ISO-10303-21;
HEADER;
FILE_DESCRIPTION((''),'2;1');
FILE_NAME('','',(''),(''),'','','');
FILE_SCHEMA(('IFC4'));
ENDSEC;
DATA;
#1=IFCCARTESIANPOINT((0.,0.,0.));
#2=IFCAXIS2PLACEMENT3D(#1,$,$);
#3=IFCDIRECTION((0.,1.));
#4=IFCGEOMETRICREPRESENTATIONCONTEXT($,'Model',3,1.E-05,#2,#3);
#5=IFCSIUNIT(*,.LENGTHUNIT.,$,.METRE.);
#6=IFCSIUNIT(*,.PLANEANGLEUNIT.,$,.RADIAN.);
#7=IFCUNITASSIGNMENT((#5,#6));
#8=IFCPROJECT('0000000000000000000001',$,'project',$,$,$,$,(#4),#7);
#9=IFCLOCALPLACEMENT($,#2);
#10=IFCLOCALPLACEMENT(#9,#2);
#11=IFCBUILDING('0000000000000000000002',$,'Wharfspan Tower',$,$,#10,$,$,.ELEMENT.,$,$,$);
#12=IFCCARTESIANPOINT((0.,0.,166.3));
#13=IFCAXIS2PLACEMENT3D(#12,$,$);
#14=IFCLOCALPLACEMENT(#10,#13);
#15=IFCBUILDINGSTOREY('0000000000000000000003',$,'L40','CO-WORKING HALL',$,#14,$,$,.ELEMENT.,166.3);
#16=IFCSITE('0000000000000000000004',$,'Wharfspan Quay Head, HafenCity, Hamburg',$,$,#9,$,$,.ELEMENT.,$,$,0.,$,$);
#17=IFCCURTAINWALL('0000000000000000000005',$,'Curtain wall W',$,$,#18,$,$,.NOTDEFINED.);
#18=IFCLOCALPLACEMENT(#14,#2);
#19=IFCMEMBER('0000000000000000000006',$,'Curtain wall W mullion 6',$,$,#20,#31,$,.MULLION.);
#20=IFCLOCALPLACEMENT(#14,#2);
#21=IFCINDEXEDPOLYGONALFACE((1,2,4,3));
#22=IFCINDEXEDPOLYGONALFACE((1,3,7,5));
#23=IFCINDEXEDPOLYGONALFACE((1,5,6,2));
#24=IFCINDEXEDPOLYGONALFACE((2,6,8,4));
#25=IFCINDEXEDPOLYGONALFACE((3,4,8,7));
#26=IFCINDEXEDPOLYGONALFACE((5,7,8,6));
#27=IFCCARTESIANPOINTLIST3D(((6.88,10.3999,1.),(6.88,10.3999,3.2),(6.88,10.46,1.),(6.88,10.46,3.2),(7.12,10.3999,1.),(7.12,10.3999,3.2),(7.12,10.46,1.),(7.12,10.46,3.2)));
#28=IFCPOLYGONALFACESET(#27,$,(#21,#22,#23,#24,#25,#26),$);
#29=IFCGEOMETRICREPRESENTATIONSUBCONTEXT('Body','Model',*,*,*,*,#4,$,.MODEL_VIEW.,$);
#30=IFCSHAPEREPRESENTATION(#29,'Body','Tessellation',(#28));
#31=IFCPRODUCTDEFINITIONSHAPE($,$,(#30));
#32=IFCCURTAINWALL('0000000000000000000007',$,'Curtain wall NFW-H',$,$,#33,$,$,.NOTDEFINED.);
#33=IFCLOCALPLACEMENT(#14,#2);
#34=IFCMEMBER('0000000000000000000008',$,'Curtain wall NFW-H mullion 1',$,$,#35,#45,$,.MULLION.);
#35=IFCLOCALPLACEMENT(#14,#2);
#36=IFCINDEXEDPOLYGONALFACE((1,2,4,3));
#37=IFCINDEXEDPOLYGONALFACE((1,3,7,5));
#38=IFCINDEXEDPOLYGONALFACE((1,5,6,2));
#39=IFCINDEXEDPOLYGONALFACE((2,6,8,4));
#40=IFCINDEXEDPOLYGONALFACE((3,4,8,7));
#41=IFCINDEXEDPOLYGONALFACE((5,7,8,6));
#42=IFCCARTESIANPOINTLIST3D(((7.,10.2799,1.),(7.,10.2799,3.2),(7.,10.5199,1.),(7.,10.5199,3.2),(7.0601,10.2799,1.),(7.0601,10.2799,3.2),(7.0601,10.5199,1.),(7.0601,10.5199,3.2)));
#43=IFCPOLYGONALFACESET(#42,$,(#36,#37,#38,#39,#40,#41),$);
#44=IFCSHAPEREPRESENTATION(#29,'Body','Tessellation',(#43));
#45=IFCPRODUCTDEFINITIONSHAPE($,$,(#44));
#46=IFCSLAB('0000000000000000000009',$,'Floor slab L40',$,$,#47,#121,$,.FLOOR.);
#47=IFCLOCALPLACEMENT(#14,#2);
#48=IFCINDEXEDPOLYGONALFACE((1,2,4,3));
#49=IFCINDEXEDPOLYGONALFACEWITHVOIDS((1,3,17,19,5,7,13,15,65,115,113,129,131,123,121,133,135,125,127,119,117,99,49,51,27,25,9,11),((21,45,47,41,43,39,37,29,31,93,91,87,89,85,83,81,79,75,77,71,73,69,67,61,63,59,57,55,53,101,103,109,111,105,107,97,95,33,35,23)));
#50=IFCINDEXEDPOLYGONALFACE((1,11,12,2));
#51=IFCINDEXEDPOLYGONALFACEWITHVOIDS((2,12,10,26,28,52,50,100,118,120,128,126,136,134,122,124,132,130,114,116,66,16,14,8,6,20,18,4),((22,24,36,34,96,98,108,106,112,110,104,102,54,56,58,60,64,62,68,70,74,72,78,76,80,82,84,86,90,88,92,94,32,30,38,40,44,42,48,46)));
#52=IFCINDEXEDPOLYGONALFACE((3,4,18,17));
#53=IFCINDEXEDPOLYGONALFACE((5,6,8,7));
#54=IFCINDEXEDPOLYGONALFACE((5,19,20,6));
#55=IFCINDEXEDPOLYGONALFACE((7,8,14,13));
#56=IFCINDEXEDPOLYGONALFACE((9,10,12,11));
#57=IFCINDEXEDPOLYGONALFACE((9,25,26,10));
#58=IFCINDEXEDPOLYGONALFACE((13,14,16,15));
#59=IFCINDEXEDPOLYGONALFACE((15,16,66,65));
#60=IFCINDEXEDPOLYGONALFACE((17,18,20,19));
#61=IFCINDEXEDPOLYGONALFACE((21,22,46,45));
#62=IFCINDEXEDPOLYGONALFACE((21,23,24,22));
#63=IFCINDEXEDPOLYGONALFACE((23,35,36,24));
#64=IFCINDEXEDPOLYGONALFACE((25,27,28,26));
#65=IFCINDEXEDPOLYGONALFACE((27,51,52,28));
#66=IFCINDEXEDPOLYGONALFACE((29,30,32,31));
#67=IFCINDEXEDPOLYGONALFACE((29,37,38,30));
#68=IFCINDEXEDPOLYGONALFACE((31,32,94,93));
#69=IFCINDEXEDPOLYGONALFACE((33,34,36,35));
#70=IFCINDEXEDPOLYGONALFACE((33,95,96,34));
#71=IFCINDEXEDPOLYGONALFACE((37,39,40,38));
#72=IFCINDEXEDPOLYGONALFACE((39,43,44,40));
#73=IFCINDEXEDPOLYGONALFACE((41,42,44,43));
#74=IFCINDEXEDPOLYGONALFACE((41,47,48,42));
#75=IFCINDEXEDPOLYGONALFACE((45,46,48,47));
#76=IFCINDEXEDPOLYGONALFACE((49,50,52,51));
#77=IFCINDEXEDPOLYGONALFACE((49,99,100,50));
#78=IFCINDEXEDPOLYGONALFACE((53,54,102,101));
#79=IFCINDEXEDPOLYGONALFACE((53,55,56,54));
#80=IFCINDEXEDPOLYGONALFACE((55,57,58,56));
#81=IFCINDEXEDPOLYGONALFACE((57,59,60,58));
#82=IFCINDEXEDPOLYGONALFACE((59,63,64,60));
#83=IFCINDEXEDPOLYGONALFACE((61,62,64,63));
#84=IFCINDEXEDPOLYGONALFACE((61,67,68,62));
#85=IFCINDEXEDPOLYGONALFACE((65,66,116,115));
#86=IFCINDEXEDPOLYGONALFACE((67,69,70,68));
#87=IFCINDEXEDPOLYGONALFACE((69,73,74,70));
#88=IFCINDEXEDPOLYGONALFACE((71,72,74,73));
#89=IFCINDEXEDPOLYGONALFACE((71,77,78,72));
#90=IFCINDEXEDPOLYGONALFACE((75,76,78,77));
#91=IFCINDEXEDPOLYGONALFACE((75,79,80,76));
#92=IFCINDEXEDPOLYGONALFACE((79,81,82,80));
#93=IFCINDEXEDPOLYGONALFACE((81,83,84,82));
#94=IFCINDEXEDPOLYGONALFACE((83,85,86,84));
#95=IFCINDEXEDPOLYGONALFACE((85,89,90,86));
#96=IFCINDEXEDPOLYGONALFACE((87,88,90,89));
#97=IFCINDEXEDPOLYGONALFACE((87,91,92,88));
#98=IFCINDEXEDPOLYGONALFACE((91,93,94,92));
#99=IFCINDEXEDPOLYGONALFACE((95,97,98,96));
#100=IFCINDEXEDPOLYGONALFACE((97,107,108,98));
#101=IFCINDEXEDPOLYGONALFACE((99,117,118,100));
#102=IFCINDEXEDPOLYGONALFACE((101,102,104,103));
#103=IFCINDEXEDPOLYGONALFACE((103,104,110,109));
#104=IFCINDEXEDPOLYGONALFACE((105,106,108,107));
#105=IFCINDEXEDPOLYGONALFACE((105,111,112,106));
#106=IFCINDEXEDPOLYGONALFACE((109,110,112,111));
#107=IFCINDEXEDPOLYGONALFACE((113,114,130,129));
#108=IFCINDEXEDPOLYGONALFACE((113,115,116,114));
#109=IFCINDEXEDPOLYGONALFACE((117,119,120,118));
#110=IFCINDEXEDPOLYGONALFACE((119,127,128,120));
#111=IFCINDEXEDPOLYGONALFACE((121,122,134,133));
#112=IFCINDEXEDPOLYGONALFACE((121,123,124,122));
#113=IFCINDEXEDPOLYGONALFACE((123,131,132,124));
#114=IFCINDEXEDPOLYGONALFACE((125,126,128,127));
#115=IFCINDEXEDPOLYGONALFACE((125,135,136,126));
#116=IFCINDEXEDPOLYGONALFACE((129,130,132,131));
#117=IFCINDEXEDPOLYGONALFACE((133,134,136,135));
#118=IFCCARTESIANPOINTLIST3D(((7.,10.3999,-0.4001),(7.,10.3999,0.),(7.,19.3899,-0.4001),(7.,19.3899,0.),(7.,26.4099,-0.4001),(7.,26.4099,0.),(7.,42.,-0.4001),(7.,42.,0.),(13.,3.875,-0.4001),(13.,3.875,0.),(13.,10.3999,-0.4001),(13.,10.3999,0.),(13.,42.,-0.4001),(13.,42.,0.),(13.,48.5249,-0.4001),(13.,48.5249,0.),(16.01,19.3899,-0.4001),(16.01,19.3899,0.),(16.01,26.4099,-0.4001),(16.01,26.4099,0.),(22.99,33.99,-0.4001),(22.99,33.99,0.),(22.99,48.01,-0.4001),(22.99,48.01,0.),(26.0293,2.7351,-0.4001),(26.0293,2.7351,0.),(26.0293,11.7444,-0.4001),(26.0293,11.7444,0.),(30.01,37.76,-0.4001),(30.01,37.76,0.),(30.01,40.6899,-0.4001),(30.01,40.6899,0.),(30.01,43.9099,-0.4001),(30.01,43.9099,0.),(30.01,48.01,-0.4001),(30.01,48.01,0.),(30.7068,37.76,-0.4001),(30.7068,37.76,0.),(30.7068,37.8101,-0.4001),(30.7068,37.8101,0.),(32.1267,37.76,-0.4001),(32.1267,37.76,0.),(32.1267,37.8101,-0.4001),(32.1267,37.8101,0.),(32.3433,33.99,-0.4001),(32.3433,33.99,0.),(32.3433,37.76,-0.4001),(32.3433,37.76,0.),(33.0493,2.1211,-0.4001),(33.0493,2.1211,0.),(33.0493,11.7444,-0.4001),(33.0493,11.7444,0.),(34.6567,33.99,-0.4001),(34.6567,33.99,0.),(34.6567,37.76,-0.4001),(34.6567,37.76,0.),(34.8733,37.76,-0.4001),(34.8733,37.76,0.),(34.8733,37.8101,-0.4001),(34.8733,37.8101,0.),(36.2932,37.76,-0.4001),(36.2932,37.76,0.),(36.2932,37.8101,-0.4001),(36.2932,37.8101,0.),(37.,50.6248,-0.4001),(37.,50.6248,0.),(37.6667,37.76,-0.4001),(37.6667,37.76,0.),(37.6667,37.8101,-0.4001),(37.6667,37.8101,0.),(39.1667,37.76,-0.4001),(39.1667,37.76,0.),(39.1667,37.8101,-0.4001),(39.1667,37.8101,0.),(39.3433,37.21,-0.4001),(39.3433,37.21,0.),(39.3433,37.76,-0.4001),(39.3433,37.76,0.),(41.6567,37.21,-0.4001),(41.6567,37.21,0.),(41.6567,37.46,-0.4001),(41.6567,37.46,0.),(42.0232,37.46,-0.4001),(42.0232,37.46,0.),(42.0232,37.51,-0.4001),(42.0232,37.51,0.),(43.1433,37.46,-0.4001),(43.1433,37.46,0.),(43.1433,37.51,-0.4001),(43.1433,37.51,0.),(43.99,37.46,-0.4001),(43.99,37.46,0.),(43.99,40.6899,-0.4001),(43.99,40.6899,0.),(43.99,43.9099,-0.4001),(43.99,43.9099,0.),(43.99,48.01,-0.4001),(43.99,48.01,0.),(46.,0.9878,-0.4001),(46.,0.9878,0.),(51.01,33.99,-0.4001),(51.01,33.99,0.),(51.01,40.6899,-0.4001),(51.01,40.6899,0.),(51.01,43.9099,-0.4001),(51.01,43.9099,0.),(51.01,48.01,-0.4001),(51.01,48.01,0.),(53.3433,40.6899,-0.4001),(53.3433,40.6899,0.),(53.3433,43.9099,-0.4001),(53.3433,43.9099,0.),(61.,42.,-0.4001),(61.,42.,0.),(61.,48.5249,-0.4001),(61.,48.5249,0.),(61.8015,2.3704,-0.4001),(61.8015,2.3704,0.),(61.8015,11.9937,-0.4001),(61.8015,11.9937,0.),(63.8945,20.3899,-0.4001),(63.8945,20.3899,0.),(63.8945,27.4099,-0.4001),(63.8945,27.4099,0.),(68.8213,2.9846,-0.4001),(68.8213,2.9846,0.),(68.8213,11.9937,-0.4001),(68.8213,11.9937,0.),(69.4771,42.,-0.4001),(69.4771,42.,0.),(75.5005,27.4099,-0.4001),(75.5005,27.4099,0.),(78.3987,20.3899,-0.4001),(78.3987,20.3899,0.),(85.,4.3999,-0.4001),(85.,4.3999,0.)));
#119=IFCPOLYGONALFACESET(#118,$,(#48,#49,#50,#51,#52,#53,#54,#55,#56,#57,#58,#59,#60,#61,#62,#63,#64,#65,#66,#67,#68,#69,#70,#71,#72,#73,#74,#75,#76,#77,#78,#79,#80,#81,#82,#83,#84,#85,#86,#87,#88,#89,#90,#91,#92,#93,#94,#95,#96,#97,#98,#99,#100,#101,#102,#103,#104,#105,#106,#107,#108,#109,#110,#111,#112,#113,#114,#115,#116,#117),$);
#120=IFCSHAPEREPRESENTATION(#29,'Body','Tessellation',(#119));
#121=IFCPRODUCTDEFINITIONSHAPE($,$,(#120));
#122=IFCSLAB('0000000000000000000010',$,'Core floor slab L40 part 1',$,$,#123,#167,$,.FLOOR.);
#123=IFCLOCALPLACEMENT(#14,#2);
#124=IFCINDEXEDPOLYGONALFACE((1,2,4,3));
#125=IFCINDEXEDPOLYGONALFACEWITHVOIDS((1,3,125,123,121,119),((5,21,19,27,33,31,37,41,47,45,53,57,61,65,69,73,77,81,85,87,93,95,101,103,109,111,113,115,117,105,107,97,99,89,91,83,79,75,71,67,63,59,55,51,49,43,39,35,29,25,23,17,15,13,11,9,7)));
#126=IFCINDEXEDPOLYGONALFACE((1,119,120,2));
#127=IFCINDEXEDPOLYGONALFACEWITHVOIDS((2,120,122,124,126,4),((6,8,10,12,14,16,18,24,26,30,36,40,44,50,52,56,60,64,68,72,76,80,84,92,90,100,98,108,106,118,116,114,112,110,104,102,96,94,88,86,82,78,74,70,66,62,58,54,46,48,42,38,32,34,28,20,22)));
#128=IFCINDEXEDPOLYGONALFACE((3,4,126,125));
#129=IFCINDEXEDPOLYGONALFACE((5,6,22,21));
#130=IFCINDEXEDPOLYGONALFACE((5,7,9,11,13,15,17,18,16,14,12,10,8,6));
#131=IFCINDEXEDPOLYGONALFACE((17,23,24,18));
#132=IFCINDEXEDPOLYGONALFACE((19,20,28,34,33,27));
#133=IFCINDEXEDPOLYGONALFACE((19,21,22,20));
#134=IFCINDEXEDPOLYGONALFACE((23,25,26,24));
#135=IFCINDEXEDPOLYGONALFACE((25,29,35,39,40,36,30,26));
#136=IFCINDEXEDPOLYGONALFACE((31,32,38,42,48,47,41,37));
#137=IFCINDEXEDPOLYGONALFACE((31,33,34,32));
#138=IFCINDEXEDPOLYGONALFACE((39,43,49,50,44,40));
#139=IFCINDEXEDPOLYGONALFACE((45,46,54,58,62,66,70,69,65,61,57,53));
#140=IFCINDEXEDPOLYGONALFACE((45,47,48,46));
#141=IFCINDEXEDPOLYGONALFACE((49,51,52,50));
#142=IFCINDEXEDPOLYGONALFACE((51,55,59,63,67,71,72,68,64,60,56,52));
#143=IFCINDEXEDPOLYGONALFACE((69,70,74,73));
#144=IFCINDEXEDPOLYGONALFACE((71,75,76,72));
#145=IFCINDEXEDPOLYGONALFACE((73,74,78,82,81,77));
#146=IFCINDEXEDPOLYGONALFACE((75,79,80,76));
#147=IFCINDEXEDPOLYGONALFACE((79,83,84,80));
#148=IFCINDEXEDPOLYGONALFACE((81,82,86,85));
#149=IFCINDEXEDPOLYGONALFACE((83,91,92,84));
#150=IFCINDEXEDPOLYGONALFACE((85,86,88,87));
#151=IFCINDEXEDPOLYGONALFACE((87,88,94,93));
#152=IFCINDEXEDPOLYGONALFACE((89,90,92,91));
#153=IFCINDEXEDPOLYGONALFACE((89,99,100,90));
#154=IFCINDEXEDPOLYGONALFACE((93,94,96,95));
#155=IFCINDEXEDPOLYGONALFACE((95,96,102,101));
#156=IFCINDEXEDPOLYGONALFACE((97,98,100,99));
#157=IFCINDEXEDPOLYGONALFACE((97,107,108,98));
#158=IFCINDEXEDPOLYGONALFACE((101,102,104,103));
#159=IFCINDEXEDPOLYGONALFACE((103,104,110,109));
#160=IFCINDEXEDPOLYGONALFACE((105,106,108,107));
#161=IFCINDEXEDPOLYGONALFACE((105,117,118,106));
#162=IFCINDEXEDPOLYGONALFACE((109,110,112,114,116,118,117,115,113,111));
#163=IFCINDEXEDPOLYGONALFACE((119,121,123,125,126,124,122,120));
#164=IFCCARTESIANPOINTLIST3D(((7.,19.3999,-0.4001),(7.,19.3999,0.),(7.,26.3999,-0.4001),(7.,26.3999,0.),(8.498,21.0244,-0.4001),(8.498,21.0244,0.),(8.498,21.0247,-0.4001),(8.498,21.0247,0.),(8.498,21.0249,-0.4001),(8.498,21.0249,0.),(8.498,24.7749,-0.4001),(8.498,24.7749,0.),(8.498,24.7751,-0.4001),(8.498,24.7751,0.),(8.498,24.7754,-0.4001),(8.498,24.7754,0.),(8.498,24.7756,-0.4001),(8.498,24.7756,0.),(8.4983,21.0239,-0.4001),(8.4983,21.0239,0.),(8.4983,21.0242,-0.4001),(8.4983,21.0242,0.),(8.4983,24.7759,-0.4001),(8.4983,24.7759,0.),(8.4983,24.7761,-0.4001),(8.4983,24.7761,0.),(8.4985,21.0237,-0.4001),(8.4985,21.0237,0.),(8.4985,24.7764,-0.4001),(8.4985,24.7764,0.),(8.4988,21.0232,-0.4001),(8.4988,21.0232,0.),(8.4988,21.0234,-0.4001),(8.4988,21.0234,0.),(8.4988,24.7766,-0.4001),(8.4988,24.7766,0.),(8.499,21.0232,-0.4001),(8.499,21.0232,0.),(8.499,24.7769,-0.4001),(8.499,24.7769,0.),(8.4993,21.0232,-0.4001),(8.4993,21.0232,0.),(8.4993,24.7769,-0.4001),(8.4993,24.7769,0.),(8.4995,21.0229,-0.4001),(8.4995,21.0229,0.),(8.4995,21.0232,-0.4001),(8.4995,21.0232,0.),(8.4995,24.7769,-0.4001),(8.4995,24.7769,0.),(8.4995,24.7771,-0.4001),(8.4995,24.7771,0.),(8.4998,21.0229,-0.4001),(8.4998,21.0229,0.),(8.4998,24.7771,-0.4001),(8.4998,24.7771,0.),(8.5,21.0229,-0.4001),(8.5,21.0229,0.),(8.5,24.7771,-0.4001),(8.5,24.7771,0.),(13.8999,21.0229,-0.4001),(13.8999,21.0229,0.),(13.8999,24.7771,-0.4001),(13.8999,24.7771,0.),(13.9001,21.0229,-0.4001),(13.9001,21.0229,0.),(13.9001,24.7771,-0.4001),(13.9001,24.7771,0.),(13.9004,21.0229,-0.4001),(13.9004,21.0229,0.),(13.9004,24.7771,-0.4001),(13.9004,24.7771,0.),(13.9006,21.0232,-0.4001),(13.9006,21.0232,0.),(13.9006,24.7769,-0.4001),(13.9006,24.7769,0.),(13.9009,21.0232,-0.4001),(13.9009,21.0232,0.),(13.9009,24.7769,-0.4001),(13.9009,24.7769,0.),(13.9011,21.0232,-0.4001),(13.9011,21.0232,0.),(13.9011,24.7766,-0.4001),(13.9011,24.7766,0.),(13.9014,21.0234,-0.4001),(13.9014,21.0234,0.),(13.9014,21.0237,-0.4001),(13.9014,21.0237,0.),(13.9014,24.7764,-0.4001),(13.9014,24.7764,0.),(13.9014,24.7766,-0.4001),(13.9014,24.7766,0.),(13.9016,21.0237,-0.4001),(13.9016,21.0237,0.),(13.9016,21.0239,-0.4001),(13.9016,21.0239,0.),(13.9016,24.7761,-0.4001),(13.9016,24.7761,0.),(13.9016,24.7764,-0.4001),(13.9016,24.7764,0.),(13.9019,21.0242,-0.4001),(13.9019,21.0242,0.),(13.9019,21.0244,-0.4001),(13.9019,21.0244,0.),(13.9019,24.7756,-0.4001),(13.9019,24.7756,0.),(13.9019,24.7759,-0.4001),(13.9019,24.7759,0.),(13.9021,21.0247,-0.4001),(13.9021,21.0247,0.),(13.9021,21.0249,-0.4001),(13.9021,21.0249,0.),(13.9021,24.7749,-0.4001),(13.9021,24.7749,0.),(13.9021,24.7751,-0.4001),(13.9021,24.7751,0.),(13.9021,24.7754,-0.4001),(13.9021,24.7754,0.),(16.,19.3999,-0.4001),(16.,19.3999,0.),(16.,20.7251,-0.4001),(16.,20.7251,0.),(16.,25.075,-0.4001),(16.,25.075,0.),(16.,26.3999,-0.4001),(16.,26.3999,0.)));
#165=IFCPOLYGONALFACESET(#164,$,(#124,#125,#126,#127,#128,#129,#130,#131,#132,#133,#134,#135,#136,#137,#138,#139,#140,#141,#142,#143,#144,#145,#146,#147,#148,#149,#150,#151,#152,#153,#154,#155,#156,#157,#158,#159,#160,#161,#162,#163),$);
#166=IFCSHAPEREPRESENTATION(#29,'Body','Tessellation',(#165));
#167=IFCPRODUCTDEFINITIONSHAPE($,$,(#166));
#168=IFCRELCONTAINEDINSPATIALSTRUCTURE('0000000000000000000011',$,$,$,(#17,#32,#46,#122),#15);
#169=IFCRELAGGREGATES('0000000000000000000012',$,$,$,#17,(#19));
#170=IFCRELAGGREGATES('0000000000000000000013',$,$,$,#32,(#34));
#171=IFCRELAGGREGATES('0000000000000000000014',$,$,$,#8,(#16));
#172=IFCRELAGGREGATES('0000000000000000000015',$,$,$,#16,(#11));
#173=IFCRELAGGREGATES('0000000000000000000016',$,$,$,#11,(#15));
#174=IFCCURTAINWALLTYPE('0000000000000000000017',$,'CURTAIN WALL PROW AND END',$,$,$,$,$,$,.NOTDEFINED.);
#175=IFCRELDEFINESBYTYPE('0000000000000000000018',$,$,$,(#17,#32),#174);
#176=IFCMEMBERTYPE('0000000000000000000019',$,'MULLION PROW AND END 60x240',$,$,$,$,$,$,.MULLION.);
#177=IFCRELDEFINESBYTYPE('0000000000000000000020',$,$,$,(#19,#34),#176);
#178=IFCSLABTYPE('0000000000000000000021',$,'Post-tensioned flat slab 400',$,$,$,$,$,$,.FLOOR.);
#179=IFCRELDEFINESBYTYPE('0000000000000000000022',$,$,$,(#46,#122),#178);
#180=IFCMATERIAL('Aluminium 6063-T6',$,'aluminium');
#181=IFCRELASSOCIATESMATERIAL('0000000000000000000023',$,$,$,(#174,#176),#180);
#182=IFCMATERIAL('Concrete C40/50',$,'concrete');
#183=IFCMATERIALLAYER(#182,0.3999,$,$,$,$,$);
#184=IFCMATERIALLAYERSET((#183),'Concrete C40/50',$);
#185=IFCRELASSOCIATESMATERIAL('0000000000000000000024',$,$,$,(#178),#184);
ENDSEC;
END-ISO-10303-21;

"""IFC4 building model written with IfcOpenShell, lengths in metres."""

from ifc_helpers import new_model, si_unit, direction, frame, origin, origin_2d, place, context, subcontext, project, spatial, polyline, rectangle, outline, extrude, material, layer, layer_set, material_profile, profile_set, type_object, element, aggregate, save


model = new_model("IFC4")

# Units and contexts
model_context = context("Model", 3, precision=1e-05, world=origin(), true_north=direction((0.0, 1.0)))
body_context = subcontext(model_context, "Body", "Model", "MODEL_VIEW")
ifc_project = project(units=[si_unit("LENGTHUNIT", "METRE"), si_unit("PLANEANGLEUNIT", "RADIAN")], contexts=[model_context])

# Site, building, storey
site_placement = place(None, origin())
site = spatial("IfcSite", under=ifc_project, at=site_placement, Name="Wharfspan Quay Head, HafenCity, Hamburg", CompositionType="ELEMENT", RefElevation=0.0)
building_placement = place(site_placement, origin())
building = spatial("IfcBuilding", under=site, at=building_placement, Name="Wharfspan Tower", CompositionType="ELEMENT")
storey_placement = place(building_placement, frame((0.0, 0.0, 166.3)))
storey = spatial("IfcBuildingStorey", under=building, at=storey_placement, Name="L40", Description="CO-WORKING HALL", CompositionType="ELEMENT", Elevation=166.3)

# Curtain walls, members
ifc_material_1 = material(Name="Aluminium 6063-T6", Category="aluminium")
curtain_wall_type = type_object("IfcCurtainWallType", Name="CURTAIN WALL PROW AND END", PredefinedType="NOTDEFINED", material=ifc_material_1)
curtain_wall_1_placement = place(storey_placement, origin())
curtain_wall_1 = element("IfcCurtainWall", 1, at=curtain_wall_1_placement, inside=storey, type_object=curtain_wall_type, Name="Curtain wall W", PredefinedType="NOTDEFINED")
ifc_material_profile = material_profile(ifc_material_1, rectangle(XDim=0.24, YDim=0.0601, at=origin_2d()))
ifc_profile_set = profile_set([ifc_material_profile], Name="Aluminium 6063-T6")
member_type = type_object("IfcMemberType", Name="MULLION PROW AND END 60x240", PredefinedType="MULLION", material=ifc_profile_set)
member_1_placement = place(storey_placement, frame((7.0, 10.4299, 1.0), z_axis=(0.0, 0.0, 1.0), x_axis=(1.0, 0.0, 0.0)))
member_1 = element("IfcMember", 2, at=member_1_placement, type_object=member_type, Name="Curtain wall W mullion 6", PredefinedType="MULLION", context=body_context, shape_type="SweptSolid", body=[
    extrude(rectangle(XDim=0.24, YDim=0.0601, at=origin_2d()), origin(), (0.0, 0.0, 1.0), 2.2),
])
aggregate(curtain_wall_1, [member_1])
curtain_wall_2_placement = place(storey_placement, origin())
curtain_wall_2 = element("IfcCurtainWall", 3, at=curtain_wall_2_placement, inside=storey, type_object=curtain_wall_type, Name="Curtain wall NFW-H", PredefinedType="NOTDEFINED")
member_2_placement = place(storey_placement, frame((7.03, 10.3999, 1.0), z_axis=(0.0, 0.0, 1.0), x_axis=(0.0, 1.0, 0.0)))
member_2 = element("IfcMember", 4, at=member_2_placement, type_object=member_type, Name="Curtain wall NFW-H mullion 1", PredefinedType="MULLION", context=body_context, shape_type="SweptSolid", body=[
    extrude(rectangle(XDim=0.24, YDim=0.0601, at=origin_2d()), origin(), (0.0, 0.0, 1.0), 2.2),
])
aggregate(curtain_wall_2, [member_2])

# Slabs
ifc_material_2 = material(Name="Concrete C40/50", Category="concrete")
ifc_layer_1 = layer(ifc_material_2, 0.3999)
ifc_layer_set_1 = layer_set([ifc_layer_1], Name="Concrete C40/50")
slab_type_1 = type_object("IfcSlabType", Name="Post-tensioned flat slab 400", PredefinedType="FLOOR", material=ifc_layer_set_1)
slab_1_placement = place(storey_placement, frame((0.0, 0.0, -0.4001)))
element("IfcSlab", 5, at=slab_1_placement, inside=storey, type_object=slab_type_1, Name="Floor slab L40", PredefinedType="FLOOR", context=body_context, shape_type="SweptSolid", body=[
    extrude(outline(polyline([(26.0293, 2.7351), (26.0293, 11.7444), (33.0493, 11.7444), (33.0493, 2.1211), (46.0, 0.9878), (61.8015, 2.3704), (61.8015, 11.9937), (68.8213, 11.9937), (68.8213, 2.9846), (85.0, 4.3999), (78.3987, 20.3899), (63.8945, 20.3899), (63.8945, 27.4099), (75.5005, 27.4099), (69.4771, 42.0), (61.0, 42.0), (61.0, 48.5249), (37.0, 50.6248), (13.0, 48.5249), (13.0, 42.0), (7.0, 42.0), (7.0, 26.4099), (16.01, 26.4099), (16.01, 19.3899), (7.0, 19.3899), (7.0, 10.3999), (13.0, 10.3999), (13.0, 3.875), (26.0293, 2.7351)]), holes=[polyline([(32.1267, 37.76), (32.3433, 37.76), (32.3433, 33.99), (22.99, 33.99), (22.99, 48.01), (30.01, 48.01), (30.01, 43.9099), (43.99, 43.9099), (43.99, 48.01), (51.01, 48.01), (51.01, 43.9099), (53.3433, 43.9099), (53.3433, 40.6899), (51.01, 40.6899), (51.01, 33.99), (34.6567, 33.99), (34.6567, 37.76), (34.8733, 37.76), (34.8733, 37.8101), (36.2932, 37.8101), (36.2932, 37.76), (37.6667, 37.76), (37.6667, 37.8101), (39.1667, 37.8101), (39.1667, 37.76), (39.3433, 37.76), (39.3433, 37.21), (41.6567, 37.21), (41.6567, 37.46), (42.0232, 37.46), (42.0232, 37.51), (43.1433, 37.51), (43.1433, 37.46), (43.99, 37.46), (43.99, 40.6899), (30.01, 40.6899), (30.01, 37.76), (30.7068, 37.76), (30.7068, 37.8101), (32.1267, 37.8101), (32.1267, 37.76)])]), origin(), (0.0, 0.0, 1.0), 0.4001),
])
slab_2_placement = place(storey_placement, frame((0.0, 0.0, -0.4001)))
element("IfcSlab", 6, at=slab_2_placement, inside=storey, type_object=slab_type_1, Name="Core floor slab L40 part 1", PredefinedType="FLOOR", context=body_context, shape_type="SweptSolid", body=[
    extrude(outline(polyline([(16.0, 20.7251), (16.0, 25.075), (16.0, 26.3999), (7.0, 26.3999), (7.0, 19.3999), (16.0, 19.3999), (16.0, 20.7251)]), holes=[polyline([(13.8999, 24.7771), (13.9001, 24.7771), (13.9004, 24.7771), (13.9006, 24.7769), (13.9009, 24.7769), (13.9009, 24.7769), (13.9011, 24.7766), (13.9014, 24.7766), (13.9014, 24.7764), (13.9016, 24.7764), (13.9016, 24.7761), (13.9019, 24.7759), (13.9019, 24.7759), (13.9019, 24.7756), (13.9021, 24.7754), (13.9021, 24.7751), (13.9021, 24.7749), (13.9021, 21.0249), (13.9021, 21.0249), (13.9021, 21.0247), (13.9019, 21.0244), (13.9019, 21.0242), (13.9019, 21.0242), (13.9016, 21.0239), (13.9016, 21.0237), (13.9014, 21.0237), (13.9014, 21.0234), (13.9011, 21.0232), (13.9009, 21.0232), (13.9009, 21.0232), (13.9006, 21.0232), (13.9004, 21.0229), (13.9001, 21.0229), (13.8999, 21.0229), (8.5, 21.0229), (8.4998, 21.0229), (8.4995, 21.0229), (8.4995, 21.0232), (8.4993, 21.0232), (8.499, 21.0232), (8.4988, 21.0232), (8.4988, 21.0234), (8.4985, 21.0237), (8.4985, 21.0237), (8.4983, 21.0239), (8.4983, 21.0242), (8.4983, 21.0242), (8.498, 21.0244), (8.498, 21.0247), (8.498, 21.0249), (8.498, 21.0249), (8.498, 24.7749), (8.498, 24.7751), (8.498, 24.7754), (8.498, 24.7756), (8.4983, 24.7759), (8.4983, 24.7759), (8.4983, 24.7761), (8.4985, 24.7764), (8.4985, 24.7764), (8.4988, 24.7766), (8.4988, 24.7766), (8.499, 24.7769), (8.4993, 24.7769), (8.4995, 24.7769), (8.4995, 24.7771), (8.4998, 24.7771), (8.5, 24.7771), (13.8999, 24.7771)])]), origin(), (0.0, 0.0, 1.0), 0.4001),
])

save(model, "model.ifc")
